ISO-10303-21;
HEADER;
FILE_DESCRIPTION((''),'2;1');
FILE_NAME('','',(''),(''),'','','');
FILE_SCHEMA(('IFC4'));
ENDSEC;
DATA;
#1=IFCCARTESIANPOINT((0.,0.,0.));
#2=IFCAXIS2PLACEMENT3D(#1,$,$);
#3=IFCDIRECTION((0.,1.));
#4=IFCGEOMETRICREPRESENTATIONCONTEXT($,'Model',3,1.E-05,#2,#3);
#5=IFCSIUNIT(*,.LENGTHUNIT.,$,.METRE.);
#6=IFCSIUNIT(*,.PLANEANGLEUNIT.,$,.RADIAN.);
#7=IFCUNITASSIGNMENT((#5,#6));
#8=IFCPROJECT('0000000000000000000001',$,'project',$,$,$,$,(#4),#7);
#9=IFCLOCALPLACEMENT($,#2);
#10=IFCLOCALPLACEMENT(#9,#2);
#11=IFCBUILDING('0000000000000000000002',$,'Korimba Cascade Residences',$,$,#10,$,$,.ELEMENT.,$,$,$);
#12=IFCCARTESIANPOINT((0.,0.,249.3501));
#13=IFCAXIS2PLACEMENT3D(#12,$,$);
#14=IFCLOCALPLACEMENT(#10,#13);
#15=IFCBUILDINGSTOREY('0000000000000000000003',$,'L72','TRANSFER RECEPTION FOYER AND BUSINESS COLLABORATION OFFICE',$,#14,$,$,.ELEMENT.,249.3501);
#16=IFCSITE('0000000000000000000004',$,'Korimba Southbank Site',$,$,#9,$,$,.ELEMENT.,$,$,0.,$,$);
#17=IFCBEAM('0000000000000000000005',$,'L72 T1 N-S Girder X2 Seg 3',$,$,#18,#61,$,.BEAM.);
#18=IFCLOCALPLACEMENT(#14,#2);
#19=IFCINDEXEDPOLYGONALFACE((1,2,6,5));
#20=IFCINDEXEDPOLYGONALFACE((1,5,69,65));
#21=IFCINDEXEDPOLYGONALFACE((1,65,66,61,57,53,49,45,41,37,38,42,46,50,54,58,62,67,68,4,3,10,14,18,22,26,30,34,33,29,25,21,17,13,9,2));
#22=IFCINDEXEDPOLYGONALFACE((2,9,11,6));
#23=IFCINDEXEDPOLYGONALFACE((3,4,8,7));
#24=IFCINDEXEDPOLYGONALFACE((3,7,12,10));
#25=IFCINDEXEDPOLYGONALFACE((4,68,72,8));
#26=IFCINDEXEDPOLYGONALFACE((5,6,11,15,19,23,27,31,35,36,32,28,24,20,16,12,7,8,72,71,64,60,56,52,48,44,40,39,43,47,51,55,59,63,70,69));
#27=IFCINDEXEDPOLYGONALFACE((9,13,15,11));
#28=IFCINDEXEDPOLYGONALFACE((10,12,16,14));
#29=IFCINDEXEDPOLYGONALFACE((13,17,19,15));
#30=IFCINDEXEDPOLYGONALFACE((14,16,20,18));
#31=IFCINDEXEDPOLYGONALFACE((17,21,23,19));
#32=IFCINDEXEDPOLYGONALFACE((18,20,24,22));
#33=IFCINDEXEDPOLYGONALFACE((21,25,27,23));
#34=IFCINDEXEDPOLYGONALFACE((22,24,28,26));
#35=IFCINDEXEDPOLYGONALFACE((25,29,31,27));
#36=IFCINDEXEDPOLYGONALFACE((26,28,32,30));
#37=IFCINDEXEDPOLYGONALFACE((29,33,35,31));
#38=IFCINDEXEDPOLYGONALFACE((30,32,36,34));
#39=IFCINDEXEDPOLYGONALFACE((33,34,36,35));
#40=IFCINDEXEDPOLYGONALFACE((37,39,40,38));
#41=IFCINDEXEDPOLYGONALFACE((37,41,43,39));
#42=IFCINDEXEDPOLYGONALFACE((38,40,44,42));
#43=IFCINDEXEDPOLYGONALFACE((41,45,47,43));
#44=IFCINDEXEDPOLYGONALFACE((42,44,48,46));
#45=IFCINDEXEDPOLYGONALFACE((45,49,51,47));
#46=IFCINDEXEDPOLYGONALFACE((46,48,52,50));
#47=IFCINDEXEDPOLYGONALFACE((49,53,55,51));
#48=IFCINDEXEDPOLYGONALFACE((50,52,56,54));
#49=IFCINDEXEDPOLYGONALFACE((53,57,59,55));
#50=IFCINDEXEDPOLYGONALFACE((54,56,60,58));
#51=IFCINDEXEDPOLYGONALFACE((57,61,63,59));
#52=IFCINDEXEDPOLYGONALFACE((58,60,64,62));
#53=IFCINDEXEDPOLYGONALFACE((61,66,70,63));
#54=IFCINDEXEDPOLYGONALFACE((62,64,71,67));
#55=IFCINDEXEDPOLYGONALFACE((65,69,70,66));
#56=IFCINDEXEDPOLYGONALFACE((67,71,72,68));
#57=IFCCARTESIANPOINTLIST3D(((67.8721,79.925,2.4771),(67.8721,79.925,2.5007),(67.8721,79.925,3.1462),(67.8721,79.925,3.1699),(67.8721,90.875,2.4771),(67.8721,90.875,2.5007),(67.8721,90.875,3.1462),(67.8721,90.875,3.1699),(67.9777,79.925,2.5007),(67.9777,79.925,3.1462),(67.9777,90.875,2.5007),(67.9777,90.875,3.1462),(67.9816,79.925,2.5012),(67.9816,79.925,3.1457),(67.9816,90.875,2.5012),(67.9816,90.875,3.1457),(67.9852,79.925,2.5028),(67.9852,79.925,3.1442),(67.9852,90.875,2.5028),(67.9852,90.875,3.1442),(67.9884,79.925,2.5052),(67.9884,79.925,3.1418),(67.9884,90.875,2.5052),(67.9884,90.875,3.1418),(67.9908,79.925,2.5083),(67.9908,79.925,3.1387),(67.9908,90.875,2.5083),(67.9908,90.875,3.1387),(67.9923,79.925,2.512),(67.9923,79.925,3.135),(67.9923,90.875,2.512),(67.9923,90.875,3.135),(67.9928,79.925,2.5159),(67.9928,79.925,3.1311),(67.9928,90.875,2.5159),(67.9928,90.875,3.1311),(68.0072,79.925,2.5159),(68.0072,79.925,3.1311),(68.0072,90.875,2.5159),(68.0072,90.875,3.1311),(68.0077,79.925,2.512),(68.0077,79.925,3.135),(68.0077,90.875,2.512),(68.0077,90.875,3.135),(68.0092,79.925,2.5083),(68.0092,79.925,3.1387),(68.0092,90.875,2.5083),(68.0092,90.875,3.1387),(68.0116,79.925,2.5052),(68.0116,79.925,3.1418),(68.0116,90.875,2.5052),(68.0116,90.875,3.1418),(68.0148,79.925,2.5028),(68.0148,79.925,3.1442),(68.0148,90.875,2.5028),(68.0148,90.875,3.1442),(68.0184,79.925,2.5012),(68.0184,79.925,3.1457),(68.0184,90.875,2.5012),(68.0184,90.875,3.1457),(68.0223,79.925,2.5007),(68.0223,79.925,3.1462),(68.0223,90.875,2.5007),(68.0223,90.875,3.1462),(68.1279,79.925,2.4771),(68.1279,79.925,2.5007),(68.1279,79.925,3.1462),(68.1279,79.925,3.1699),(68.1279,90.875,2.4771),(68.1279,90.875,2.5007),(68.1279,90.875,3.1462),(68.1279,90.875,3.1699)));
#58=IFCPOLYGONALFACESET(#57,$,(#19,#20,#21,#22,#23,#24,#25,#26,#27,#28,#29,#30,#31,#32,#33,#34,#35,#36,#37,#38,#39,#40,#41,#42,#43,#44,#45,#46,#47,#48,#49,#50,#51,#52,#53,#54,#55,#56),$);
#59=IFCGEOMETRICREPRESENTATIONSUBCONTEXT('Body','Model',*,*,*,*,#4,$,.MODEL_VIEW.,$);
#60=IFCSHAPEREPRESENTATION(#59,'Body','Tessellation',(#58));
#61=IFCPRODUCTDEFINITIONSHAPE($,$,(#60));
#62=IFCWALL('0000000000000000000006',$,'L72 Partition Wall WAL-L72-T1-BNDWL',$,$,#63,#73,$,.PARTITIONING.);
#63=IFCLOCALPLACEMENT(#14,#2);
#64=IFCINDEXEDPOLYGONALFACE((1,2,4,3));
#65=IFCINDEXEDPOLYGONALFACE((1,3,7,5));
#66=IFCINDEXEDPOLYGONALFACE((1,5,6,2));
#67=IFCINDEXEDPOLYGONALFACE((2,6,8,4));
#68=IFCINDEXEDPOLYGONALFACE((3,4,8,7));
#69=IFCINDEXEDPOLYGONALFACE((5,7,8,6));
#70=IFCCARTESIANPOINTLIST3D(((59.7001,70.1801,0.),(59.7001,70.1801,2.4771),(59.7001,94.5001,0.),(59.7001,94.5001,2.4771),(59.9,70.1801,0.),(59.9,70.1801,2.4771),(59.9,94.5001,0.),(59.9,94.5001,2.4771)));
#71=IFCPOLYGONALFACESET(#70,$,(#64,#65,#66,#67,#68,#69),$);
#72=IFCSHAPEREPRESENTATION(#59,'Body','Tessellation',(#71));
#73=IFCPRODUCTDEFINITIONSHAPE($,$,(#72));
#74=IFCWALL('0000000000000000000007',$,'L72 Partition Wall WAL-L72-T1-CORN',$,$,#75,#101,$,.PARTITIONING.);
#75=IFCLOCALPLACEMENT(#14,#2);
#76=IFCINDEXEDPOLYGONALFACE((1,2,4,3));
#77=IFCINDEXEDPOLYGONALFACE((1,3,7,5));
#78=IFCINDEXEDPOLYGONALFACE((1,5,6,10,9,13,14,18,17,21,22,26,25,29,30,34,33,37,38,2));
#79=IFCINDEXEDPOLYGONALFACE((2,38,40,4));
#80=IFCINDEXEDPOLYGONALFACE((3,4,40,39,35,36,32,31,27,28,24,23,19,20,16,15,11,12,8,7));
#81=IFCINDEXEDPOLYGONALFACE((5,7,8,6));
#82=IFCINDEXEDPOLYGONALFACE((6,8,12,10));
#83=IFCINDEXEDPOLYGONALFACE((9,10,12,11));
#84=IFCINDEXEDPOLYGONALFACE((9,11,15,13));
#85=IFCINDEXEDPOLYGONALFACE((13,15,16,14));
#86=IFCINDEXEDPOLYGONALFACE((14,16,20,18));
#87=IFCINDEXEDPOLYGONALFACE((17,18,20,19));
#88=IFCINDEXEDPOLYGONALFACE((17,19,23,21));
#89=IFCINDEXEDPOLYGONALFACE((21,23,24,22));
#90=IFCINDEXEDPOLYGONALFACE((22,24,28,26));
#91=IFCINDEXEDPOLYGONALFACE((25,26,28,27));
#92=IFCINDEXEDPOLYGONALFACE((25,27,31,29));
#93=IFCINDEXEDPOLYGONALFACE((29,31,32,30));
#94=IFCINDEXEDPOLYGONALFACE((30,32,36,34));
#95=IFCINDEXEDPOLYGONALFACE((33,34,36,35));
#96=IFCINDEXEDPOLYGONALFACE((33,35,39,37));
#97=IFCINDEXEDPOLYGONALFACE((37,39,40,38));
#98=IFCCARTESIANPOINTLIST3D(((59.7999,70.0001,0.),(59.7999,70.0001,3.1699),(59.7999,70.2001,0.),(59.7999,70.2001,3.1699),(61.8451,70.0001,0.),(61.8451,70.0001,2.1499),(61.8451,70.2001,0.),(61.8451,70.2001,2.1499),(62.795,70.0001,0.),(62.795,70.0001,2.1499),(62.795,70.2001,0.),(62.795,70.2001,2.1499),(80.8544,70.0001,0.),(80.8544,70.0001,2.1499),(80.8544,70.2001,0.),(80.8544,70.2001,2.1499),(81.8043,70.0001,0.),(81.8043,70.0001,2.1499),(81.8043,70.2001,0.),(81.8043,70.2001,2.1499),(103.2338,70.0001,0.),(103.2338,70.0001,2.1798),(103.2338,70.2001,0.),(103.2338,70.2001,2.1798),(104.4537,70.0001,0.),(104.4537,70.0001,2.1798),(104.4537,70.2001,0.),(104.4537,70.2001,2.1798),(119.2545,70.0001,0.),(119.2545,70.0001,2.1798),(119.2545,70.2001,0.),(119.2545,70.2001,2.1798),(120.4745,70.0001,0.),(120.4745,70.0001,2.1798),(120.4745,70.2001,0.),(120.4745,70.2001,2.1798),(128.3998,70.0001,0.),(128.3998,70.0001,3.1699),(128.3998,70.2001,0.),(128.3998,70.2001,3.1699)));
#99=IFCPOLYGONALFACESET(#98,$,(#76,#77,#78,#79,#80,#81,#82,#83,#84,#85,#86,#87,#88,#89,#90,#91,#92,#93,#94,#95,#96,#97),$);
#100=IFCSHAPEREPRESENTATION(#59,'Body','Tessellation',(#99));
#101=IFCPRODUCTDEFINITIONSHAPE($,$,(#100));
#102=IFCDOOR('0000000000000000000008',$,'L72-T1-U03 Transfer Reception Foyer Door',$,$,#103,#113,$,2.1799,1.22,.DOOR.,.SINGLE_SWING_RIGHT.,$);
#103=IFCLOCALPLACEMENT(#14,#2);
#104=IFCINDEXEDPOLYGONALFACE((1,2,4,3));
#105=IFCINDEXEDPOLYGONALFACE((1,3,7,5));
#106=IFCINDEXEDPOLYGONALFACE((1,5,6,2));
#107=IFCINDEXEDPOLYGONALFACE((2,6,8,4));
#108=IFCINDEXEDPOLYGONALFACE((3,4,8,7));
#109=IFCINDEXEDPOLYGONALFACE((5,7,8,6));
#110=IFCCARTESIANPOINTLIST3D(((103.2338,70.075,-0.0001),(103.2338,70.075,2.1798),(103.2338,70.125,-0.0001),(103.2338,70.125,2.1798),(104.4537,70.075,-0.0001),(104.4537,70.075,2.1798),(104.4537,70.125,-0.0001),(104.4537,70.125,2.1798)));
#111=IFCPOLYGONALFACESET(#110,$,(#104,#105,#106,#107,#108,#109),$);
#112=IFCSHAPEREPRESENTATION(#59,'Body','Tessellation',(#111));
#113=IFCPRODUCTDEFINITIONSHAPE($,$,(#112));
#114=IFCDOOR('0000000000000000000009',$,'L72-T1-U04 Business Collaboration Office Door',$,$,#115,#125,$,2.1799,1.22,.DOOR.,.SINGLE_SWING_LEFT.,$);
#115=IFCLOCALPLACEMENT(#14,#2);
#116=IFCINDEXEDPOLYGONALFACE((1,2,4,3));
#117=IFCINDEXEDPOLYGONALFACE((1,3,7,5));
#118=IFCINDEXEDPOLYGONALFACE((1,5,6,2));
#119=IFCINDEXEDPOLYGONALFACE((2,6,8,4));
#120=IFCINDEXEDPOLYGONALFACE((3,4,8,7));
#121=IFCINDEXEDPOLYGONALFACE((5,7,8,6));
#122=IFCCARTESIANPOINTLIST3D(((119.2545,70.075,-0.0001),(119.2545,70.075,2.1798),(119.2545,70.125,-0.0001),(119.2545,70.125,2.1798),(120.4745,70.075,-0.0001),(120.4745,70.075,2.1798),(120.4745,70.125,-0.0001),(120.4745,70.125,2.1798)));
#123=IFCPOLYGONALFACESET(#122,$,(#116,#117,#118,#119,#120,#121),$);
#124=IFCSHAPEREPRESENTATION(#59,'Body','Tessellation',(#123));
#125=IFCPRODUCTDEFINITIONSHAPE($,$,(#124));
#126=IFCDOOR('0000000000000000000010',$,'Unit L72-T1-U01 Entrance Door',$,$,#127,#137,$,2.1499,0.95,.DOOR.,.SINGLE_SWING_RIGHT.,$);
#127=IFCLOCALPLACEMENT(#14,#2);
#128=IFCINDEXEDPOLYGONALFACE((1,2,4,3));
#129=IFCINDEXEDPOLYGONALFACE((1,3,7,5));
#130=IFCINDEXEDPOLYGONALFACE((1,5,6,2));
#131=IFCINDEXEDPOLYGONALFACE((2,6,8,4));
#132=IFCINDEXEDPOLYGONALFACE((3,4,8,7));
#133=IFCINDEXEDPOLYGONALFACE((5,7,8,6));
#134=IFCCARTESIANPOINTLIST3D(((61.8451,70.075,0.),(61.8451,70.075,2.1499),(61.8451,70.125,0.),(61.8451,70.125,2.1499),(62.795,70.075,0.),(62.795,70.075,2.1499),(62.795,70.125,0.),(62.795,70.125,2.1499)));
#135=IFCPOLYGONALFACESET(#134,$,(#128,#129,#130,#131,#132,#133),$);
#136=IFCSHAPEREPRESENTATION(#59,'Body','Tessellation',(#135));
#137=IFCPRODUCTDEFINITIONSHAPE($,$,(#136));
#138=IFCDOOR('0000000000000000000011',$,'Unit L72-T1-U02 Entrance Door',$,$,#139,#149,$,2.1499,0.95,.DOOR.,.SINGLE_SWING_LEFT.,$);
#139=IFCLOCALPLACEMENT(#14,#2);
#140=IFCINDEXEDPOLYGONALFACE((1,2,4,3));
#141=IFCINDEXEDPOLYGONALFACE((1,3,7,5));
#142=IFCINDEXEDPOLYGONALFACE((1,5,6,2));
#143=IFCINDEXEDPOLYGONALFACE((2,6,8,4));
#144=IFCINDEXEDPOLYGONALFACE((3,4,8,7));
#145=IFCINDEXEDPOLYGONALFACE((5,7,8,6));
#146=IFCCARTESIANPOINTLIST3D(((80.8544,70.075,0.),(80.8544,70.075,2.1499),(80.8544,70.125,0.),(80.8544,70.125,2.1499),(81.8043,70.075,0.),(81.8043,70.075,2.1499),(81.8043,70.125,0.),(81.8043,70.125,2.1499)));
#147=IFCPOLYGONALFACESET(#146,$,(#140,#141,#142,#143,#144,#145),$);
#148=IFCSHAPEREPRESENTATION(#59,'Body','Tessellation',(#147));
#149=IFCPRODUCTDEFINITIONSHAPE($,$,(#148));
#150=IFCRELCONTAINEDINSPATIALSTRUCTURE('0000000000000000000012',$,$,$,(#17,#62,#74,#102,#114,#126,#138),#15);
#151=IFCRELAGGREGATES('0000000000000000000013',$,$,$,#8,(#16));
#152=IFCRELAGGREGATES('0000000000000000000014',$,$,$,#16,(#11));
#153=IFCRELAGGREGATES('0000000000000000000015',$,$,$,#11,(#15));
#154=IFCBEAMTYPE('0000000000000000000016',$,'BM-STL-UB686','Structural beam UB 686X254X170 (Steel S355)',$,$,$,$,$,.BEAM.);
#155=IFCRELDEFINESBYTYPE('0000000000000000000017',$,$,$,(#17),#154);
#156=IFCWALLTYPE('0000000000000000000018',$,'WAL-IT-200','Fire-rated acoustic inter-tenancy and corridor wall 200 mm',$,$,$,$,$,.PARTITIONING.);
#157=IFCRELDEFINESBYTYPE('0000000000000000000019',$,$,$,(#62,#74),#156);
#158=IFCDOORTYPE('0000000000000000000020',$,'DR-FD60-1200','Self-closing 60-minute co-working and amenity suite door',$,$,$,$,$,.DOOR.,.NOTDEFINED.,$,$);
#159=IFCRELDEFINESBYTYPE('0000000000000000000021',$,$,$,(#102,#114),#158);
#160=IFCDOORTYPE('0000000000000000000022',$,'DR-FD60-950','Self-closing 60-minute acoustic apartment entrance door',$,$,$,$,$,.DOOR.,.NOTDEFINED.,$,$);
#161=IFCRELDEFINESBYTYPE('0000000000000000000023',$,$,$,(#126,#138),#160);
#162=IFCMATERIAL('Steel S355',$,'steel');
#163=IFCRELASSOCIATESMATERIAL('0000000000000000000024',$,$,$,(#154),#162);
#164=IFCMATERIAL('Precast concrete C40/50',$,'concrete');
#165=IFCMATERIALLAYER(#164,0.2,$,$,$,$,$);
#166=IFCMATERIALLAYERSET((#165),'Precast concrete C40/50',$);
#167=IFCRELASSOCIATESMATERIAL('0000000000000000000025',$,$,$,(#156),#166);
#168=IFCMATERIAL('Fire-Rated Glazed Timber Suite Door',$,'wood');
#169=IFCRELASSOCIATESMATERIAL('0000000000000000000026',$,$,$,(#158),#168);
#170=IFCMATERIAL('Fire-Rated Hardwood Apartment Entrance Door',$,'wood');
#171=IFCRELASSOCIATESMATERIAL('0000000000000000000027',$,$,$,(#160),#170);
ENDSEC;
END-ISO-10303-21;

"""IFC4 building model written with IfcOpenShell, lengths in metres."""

from ifc_helpers import new_model, si_unit, direction, frame, frame_2d, origin, origin_2d, place, context, subcontext, project, spatial, rectangle, i_section, extrude, material, layer, layer_set, material_profile, profile_set, type_object, element, fill, save


model = new_model("IFC4")

# Units and contexts
model_context = context("Model", 3, precision=1e-05, world=origin(), true_north=direction((0.0, 1.0)))
body_context = subcontext(model_context, "Body", "Model", "MODEL_VIEW")
ifc_project = project(units=[si_unit("LENGTHUNIT", "METRE"), si_unit("PLANEANGLEUNIT", "RADIAN")], contexts=[model_context])

# Site, building, storey
site_placement = place(None, origin())
site = spatial("IfcSite", under=ifc_project, at=site_placement, Name="Korimba Southbank Site", CompositionType="ELEMENT", RefElevation=0.0)
building_placement = place(site_placement, origin())
building = spatial("IfcBuilding", under=site, at=building_placement, Name="Korimba Cascade Residences", CompositionType="ELEMENT")
storey_placement = place(building_placement, frame((0.0, 0.0, 249.3501)))
storey = spatial("IfcBuildingStorey", under=building, at=storey_placement, Name="L72", Description="TRANSFER RECEPTION FOYER AND BUSINESS COLLABORATION OFFICE", CompositionType="ELEMENT", Elevation=249.3501)

# Beam
ifc_material_1 = material(Name="Steel S355", Category="steel")
ifc_material_profile_1 = material_profile(ifc_material_1, i_section(OverallWidth=0.2559, OverallDepth=0.6929, WebThickness=0.0144, FlangeThickness=0.0237, FilletRadius=0.0151, at=origin_2d()), Name="Steel S355")
ifc_profile_set_1 = profile_set([ifc_material_profile_1], Name="Steel S355")
beam_type_1 = type_object("IfcBeamType", Name="BM-STL-UB686", Description="Structural beam UB 686X254X170 (Steel S355)", PredefinedType="BEAM", material=ifc_profile_set_1)
beam_1_placement = place(storey_placement, frame((68.0, 79.925, 2.8235), z_axis=(0.0, 1.0, 0.0), x_axis=(-1.0, 0.0, 0.0)))
element("IfcBeam", 1, at=beam_1_placement, inside=storey, type_object=beam_type_1, Name="L72 T1 N-S Girder X2 Seg 3", PredefinedType="BEAM", context=body_context, shape_type="SweptSolid", body=[
    extrude(i_section(OverallWidth=0.2559, OverallDepth=0.6929, WebThickness=0.0144, FlangeThickness=0.0237, FilletRadius=0.0151, at=origin_2d()), origin(), (0.0, 0.0, 1.0), 10.95),
])

# Wall
ifc_material_2 = material(Name="Precast concrete C40/50", Category="concrete")
ifc_layer_1 = layer(ifc_material_2, 0.2)
ifc_layer_set_1 = layer_set([ifc_layer_1], Name="Precast concrete C40/50")
wall_type_1 = type_object("IfcWallType", Name="WAL-IT-200", Description="Fire-rated acoustic inter-tenancy and corridor wall 200 mm", PredefinedType="PARTITIONING", material=ifc_layer_set_1)
wall_1_placement = place(storey_placement, frame((59.8, 70.1799, 0.0), z_axis=(0.0, 0.0, 1.0), x_axis=(0.0, 1.0, 0.0)))
element("IfcWall", 2, at=wall_1_placement, inside=storey, type_object=wall_type_1, Name="L72 Partition Wall WAL-L72-T1-BNDWL", PredefinedType="PARTITIONING", context=body_context, shape_type="SweptSolid", body=[
    extrude(rectangle(XDim=24.3201, YDim=0.2, at=frame_2d((12.1602, 0.0))), origin(), (0.0, 0.0, 1.0), 2.4771),
])

# Wall, openings, doors
wall_2_placement = place(storey_placement, frame((59.8, 70.1001, 0.0), z_axis=(0.0, 0.0, 1.0), x_axis=(1.0, 0.0, 0.0)))
wall_2 = element("IfcWall", 3, at=wall_2_placement, inside=storey, type_object=wall_type_1, Name="L72 Partition Wall WAL-L72-T1-CORN", PredefinedType="PARTITIONING", context=body_context, shape_type="SweptSolid", body=[
    extrude(rectangle(XDim=68.5999, YDim=0.2, at=frame_2d((34.2998, 0.0))), origin(), (0.0, 0.0, 1.0), 3.1699),
])
opening_1_placement = place(wall_2_placement, frame((2.0449, 0.0, 0.0)))
opening_1 = element("IfcOpeningElement", 4, at=opening_1_placement, cuts=wall_2, PredefinedType="OPENING", context=body_context, shape_type="SweptSolid", body=[
    extrude(rectangle(XDim=0.95, YDim=2.1499, at=frame_2d((0.4751, 1.075))), frame((0.0, 0.1099, 0.0), z_axis=(0.0, -1.0, 0.0), x_axis=(1.0, 0.0, 0.0)), (0.0, 0.0, 1.0), 0.22),
])
opening_2_placement = place(wall_2_placement, frame((21.0542, 0.0, 0.0)))
opening_2 = element("IfcOpeningElement", 5, at=opening_2_placement, cuts=wall_2, PredefinedType="OPENING", context=body_context, shape_type="SweptSolid", body=[
    extrude(rectangle(XDim=0.95, YDim=2.1499, at=frame_2d((0.4751, 1.075))), frame((0.0, 0.1099, 0.0), z_axis=(0.0, -1.0, 0.0), x_axis=(1.0, 0.0, 0.0)), (0.0, 0.0, 1.0), 0.22),
])
opening_3_placement = place(wall_2_placement, frame((43.4338, 0.0, 0.0)))
opening_3 = element("IfcOpeningElement", 6, at=opening_3_placement, cuts=wall_2, PredefinedType="OPENING", context=body_context, shape_type="SweptSolid", body=[
    extrude(rectangle(XDim=1.22, YDim=2.1799, at=frame_2d((0.6099, 1.0898))), frame((0.0, 0.1099, 0.0), z_axis=(0.0, -1.0, 0.0), x_axis=(1.0, 0.0, 0.0)), (0.0, 0.0, 1.0), 0.22),
])
opening_4_placement = place(wall_2_placement, frame((59.4546, 0.0, 0.0)))
opening_4 = element("IfcOpeningElement", 7, at=opening_4_placement, cuts=wall_2, PredefinedType="OPENING", context=body_context, shape_type="SweptSolid", body=[
    extrude(rectangle(XDim=1.22, YDim=2.1799, at=frame_2d((0.6099, 1.0898))), frame((0.0, 0.1099, 0.0), z_axis=(0.0, -1.0, 0.0), x_axis=(1.0, 0.0, 0.0)), (0.0, 0.0, 1.0), 0.22),
])
ifc_material_3 = material(Name="Fire-Rated Glazed Timber Suite Door", Category="wood")
door_type_1 = type_object("IfcDoorType", Name="DR-FD60-1200", Description="Self-closing 60-minute co-working and amenity suite door", OperationType="NOTDEFINED", PredefinedType="DOOR", material=ifc_material_3)
door_1_placement = place(opening_3_placement, origin())
door_1 = element("IfcDoor", 8, at=door_1_placement, inside=storey, type_object=door_type_1, Name="L72-T1-U03 Transfer Reception Foyer Door", OperationType="SINGLE_SWING_RIGHT", OverallHeight=2.1799, OverallWidth=1.22, PredefinedType="DOOR", context=body_context, shape_type="SweptSolid", body=[
    extrude(rectangle(XDim=1.22, YDim=2.1799, at=frame_2d((0.6099, 1.0898))), frame((0.0, 0.0249, 0.0), z_axis=(0.0, -1.0, 0.0), x_axis=(1.0, 0.0, 0.0)), (0.0, 0.0, 1.0), 0.05),
])
fill(opening_3, door_1)
door_2_placement = place(opening_4_placement, origin())
door_2 = element("IfcDoor", 9, at=door_2_placement, inside=storey, type_object=door_type_1, Name="L72-T1-U04 Business Collaboration Office Door", OperationType="SINGLE_SWING_LEFT", OverallHeight=2.1799, OverallWidth=1.22, PredefinedType="DOOR", context=body_context, shape_type="SweptSolid", body=[
    extrude(rectangle(XDim=1.22, YDim=2.1799, at=frame_2d((0.6099, 1.0898))), frame((0.0, 0.0249, 0.0), z_axis=(0.0, -1.0, 0.0), x_axis=(1.0, 0.0, 0.0)), (0.0, 0.0, 1.0), 0.05),
])
fill(opening_4, door_2)
ifc_material_4 = material(Name="Fire-Rated Hardwood Apartment Entrance Door", Category="wood")
door_type_2 = type_object("IfcDoorType", Name="DR-FD60-950", Description="Self-closing 60-minute acoustic apartment entrance door", OperationType="NOTDEFINED", PredefinedType="DOOR", material=ifc_material_4)
door_3_placement = place(opening_1_placement, origin())
door_3 = element("IfcDoor", 10, at=door_3_placement, inside=storey, type_object=door_type_2, Name="Unit L72-T1-U01 Entrance Door", OperationType="SINGLE_SWING_RIGHT", OverallHeight=2.1499, OverallWidth=0.95, PredefinedType="DOOR", context=body_context, shape_type="SweptSolid", body=[
    extrude(rectangle(XDim=0.95, YDim=2.1499, at=frame_2d((0.4751, 1.075))), frame((0.0, 0.0249, 0.0), z_axis=(0.0, -1.0, 0.0), x_axis=(1.0, 0.0, 0.0)), (0.0, 0.0, 1.0), 0.05),
])
fill(opening_1, door_3)
door_4_placement = place(opening_2_placement, origin())
door_4 = element("IfcDoor", 11, at=door_4_placement, inside=storey, type_object=door_type_2, Name="Unit L72-T1-U02 Entrance Door", OperationType="SINGLE_SWING_LEFT", OverallHeight=2.1499, OverallWidth=0.95, PredefinedType="DOOR", context=body_context, shape_type="SweptSolid", body=[
    extrude(rectangle(XDim=0.95, YDim=2.1499, at=frame_2d((0.4751, 1.075))), frame((0.0, 0.0249, 0.0), z_axis=(0.0, -1.0, 0.0), x_axis=(1.0, 0.0, 0.0)), (0.0, 0.0, 1.0), 0.05),
])
fill(opening_2, door_4)

save(model, "model.ifc")
